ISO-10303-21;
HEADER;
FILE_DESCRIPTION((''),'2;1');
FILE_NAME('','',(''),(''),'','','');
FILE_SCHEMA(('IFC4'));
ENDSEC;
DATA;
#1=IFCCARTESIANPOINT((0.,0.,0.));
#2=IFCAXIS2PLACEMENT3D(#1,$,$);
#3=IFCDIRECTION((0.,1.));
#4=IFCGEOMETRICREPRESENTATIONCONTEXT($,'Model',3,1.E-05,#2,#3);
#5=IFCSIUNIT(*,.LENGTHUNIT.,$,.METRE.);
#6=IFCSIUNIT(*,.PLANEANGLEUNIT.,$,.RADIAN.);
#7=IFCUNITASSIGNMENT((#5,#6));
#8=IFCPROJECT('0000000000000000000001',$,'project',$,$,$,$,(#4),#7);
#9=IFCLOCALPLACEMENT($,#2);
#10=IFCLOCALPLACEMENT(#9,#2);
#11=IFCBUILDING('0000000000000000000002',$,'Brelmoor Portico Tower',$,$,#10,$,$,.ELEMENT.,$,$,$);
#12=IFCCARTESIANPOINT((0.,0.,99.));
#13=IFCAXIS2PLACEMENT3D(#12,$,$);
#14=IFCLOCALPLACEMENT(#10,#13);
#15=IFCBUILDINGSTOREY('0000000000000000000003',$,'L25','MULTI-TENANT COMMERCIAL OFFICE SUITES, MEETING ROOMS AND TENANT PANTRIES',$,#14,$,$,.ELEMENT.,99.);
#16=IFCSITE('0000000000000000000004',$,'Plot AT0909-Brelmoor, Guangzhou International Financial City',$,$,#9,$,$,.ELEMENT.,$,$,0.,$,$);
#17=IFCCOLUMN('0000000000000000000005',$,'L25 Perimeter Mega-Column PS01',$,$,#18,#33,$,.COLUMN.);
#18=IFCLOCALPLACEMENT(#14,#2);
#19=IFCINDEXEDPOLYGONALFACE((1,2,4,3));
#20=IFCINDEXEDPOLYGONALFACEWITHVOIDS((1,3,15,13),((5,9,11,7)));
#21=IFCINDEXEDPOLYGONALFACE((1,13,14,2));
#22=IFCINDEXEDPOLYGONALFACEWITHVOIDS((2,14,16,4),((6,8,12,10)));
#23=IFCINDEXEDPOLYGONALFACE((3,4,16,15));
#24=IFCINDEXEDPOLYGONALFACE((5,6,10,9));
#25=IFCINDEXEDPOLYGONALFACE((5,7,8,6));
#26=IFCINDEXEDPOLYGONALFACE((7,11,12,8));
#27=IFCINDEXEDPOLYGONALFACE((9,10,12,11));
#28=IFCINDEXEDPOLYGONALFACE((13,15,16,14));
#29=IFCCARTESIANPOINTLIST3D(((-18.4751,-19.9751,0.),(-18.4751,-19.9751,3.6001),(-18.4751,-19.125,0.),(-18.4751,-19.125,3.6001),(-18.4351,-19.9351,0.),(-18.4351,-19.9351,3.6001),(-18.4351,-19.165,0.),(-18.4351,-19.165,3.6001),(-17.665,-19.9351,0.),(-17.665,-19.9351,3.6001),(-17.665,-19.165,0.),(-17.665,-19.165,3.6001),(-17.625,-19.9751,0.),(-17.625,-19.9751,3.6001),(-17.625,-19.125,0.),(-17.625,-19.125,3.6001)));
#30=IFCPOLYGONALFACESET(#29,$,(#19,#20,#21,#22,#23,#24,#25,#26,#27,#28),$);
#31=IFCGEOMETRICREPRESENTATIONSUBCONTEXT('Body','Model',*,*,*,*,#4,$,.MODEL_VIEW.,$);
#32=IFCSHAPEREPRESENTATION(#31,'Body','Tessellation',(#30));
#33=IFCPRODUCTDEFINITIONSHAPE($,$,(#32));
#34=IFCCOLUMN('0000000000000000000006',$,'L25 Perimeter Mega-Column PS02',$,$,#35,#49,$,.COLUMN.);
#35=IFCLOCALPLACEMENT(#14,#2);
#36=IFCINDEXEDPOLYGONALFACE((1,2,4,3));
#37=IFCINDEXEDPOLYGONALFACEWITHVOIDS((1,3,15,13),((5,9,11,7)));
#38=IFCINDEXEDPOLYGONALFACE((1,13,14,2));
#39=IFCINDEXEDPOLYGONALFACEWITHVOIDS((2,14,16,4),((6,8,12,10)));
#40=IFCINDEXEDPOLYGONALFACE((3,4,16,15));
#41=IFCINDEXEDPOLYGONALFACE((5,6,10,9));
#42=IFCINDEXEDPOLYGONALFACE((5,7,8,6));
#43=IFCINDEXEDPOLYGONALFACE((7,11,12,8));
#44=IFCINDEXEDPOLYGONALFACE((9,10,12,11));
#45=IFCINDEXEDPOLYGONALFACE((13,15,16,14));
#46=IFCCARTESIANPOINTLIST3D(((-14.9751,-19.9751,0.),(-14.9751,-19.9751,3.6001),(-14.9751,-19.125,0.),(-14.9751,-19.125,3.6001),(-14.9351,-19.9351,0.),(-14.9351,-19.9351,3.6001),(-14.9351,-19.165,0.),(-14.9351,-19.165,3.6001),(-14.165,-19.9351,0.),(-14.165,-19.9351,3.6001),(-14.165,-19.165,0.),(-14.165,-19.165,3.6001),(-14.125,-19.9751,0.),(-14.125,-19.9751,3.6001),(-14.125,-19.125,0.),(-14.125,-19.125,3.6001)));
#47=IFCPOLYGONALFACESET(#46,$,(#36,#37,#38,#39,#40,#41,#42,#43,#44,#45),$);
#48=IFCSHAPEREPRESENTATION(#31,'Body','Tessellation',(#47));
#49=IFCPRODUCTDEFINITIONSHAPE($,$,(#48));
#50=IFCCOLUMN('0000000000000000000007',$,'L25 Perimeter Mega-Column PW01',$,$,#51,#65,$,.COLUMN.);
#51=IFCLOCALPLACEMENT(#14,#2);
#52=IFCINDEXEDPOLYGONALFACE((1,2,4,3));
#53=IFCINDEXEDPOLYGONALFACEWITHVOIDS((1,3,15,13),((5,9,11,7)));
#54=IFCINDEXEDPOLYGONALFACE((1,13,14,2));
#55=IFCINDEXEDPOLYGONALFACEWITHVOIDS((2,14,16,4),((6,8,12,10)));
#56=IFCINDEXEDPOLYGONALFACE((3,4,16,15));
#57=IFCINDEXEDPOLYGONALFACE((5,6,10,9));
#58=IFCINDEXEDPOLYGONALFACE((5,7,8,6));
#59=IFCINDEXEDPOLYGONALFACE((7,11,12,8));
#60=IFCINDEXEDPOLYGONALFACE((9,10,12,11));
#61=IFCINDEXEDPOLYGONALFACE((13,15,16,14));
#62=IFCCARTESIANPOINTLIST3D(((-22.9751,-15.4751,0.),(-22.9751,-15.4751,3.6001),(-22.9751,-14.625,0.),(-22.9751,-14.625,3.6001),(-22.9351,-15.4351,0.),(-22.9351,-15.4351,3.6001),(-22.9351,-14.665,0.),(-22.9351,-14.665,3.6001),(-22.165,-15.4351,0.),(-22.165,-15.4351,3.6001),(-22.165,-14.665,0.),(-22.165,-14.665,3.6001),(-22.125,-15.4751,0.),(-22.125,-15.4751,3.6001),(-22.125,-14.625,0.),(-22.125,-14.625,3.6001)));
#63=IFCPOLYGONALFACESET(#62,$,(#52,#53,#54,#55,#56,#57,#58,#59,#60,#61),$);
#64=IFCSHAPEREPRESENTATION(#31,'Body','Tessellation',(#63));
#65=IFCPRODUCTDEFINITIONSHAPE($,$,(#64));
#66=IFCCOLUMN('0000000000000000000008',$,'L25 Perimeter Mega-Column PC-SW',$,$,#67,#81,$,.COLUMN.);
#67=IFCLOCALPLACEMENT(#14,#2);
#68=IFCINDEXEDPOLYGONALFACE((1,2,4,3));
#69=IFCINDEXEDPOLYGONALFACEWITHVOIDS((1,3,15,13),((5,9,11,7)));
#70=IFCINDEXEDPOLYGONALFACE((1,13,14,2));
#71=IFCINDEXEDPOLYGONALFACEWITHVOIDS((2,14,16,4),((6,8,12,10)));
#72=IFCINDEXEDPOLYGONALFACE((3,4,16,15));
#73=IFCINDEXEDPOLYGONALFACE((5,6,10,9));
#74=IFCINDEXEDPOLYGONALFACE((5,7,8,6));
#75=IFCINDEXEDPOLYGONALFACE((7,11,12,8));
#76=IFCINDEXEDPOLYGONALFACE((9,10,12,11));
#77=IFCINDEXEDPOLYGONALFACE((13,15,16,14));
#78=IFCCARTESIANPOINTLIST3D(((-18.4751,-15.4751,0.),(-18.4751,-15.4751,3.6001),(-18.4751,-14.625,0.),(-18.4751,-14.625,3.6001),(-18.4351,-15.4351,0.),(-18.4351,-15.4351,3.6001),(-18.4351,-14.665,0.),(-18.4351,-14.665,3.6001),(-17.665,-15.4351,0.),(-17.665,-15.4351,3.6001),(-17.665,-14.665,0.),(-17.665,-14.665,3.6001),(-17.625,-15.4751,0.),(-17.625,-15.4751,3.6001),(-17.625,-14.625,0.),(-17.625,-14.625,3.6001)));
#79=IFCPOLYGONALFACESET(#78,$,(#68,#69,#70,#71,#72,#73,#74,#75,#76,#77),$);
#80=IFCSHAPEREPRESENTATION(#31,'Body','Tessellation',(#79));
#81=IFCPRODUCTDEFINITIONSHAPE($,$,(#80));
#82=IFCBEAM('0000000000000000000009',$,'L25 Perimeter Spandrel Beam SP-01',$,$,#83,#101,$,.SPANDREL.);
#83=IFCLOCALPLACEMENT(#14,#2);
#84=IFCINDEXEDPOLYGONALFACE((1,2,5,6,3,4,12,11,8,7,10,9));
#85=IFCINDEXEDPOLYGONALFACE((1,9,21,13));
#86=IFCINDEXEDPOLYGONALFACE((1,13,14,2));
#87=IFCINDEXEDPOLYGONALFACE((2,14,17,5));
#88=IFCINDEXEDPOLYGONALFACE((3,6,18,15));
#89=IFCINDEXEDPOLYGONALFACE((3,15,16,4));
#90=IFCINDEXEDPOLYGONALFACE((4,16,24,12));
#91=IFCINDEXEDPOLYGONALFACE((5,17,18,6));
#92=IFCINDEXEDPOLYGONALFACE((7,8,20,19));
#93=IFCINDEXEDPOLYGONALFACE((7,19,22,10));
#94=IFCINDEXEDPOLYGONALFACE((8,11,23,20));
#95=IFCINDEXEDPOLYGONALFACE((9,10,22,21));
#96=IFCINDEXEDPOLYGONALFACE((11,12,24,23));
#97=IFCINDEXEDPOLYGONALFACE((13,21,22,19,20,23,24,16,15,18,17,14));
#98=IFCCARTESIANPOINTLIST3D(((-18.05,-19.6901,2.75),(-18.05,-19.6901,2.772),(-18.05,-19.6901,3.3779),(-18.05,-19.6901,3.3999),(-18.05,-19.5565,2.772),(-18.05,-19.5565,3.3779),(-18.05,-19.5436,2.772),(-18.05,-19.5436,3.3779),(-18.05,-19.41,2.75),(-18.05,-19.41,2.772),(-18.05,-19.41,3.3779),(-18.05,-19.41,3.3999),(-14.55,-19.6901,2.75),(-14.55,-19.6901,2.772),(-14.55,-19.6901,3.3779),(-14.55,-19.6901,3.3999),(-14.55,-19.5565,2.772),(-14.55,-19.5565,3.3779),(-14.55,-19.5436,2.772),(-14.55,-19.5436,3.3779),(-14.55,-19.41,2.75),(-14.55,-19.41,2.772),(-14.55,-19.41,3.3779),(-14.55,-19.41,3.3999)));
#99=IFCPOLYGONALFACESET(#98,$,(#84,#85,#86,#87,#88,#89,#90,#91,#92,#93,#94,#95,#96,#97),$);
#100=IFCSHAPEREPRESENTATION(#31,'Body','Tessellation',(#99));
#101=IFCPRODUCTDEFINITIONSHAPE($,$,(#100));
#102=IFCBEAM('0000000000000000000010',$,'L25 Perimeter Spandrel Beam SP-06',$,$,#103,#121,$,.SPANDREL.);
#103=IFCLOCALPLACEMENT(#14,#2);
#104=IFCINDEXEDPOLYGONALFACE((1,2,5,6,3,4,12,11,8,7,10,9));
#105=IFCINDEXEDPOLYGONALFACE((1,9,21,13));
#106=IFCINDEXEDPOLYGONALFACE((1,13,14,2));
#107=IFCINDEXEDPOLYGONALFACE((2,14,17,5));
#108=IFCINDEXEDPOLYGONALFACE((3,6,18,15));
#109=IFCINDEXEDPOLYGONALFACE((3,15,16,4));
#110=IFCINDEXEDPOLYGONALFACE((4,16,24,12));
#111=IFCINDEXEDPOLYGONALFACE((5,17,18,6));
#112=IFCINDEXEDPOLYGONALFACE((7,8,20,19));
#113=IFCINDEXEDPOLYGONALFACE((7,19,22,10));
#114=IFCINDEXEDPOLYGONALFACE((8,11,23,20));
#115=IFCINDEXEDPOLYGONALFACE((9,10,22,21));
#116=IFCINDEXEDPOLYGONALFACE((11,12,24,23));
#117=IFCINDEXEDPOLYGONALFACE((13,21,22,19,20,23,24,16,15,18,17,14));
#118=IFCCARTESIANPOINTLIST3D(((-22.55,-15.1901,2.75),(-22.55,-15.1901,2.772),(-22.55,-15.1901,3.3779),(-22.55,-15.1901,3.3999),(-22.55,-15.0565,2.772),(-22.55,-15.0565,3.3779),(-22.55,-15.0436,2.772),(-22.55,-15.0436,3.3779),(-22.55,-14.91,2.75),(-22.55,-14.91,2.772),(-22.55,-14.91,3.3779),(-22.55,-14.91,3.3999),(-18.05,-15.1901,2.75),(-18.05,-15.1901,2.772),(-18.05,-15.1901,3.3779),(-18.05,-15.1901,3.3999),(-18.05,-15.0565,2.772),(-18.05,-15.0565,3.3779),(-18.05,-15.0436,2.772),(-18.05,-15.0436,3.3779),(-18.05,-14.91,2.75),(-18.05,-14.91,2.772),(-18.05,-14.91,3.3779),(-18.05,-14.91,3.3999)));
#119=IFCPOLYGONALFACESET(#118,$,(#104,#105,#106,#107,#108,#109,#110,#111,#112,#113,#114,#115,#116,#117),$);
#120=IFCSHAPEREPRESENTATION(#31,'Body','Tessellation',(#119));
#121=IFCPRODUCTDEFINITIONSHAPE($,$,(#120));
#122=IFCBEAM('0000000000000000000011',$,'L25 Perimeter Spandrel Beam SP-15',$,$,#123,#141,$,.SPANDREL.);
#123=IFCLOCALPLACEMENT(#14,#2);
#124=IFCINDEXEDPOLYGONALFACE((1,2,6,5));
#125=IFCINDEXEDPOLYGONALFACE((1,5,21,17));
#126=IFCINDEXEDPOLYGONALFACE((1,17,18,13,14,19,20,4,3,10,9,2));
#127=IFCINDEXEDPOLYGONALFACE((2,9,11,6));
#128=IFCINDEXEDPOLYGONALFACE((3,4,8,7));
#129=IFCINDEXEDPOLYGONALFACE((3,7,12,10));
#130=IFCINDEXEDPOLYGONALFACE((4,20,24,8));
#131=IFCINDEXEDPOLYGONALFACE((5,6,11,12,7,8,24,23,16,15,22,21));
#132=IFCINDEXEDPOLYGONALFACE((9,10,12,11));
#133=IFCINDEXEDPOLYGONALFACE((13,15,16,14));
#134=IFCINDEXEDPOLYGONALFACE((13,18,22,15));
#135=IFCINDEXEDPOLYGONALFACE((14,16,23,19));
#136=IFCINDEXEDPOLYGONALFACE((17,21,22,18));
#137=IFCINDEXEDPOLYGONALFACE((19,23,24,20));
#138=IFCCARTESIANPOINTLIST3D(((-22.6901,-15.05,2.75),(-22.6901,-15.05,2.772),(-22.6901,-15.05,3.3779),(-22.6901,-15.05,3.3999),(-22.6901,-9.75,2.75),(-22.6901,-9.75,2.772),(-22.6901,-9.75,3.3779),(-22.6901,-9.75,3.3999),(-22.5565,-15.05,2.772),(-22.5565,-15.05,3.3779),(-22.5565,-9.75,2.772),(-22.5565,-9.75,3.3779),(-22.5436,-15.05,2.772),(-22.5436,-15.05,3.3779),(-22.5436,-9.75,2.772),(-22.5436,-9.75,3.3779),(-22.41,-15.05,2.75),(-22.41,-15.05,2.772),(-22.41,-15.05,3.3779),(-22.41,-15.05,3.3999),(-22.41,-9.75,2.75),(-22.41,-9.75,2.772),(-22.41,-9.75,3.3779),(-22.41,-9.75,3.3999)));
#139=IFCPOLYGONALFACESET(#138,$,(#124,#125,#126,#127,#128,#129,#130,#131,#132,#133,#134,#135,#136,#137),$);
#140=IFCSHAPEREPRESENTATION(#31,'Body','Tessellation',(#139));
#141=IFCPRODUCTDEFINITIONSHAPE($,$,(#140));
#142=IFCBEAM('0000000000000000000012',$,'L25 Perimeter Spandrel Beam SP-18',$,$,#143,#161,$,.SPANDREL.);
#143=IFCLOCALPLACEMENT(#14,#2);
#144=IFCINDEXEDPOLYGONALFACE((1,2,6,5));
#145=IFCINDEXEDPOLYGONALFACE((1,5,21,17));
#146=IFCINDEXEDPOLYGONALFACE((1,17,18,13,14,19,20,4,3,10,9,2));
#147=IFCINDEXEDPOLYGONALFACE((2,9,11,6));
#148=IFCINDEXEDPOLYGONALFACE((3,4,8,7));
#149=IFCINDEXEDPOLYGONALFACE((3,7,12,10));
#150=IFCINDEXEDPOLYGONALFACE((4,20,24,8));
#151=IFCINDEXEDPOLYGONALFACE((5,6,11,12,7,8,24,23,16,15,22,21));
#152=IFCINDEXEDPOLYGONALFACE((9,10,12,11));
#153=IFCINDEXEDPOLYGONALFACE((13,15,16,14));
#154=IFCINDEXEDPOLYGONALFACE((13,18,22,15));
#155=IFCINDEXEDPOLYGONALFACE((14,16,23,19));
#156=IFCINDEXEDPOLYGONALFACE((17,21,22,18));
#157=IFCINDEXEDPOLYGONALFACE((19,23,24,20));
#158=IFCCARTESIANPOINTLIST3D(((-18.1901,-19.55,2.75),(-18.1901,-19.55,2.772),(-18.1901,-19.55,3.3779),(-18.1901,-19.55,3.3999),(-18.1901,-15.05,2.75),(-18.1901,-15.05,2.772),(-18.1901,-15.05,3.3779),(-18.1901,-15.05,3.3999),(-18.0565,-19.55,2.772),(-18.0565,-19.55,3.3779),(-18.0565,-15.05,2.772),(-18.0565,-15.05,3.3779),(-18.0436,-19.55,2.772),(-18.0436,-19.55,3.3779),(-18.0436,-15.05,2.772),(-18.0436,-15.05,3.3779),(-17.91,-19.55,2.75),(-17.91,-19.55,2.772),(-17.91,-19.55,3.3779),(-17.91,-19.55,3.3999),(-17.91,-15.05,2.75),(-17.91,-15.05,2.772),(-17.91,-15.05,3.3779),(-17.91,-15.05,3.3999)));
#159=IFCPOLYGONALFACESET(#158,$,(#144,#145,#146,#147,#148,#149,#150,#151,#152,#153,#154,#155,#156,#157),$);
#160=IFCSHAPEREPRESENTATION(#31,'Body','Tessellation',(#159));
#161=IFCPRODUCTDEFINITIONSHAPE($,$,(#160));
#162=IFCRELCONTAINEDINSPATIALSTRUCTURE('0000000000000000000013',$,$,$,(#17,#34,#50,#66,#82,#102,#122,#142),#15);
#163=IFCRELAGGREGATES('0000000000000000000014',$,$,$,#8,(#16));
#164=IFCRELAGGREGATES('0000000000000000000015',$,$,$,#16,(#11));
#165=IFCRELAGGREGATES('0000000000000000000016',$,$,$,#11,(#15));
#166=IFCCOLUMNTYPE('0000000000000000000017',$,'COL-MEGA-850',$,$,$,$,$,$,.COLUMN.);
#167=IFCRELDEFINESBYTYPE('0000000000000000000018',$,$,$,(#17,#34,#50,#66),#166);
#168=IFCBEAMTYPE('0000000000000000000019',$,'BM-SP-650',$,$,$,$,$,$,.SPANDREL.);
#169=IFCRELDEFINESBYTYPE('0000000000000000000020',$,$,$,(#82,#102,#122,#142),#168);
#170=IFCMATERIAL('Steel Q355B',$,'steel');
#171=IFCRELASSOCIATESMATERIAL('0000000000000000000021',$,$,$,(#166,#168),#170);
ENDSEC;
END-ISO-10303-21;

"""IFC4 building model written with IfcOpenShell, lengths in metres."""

from ifc_helpers import new_model, si_unit, direction, frame, origin, origin_2d, place, context, subcontext, project, spatial, hollow_rectangle, i_section, extrude, material, material_profile, profile_set, type_object, element, save


model = new_model("IFC4")

# Units and contexts
model_context = context("Model", 3, precision=1e-05, world=origin(), true_north=direction((0.0, 1.0)))
body_context = subcontext(model_context, "Body", "Model", "MODEL_VIEW")
ifc_project = project(units=[si_unit("LENGTHUNIT", "METRE"), si_unit("PLANEANGLEUNIT", "RADIAN")], contexts=[model_context])

# Site, building, storey
site_placement = place(None, origin())
site = spatial("IfcSite", under=ifc_project, at=site_placement, Name="Plot AT0909-Brelmoor, Guangzhou International Financial City", CompositionType="ELEMENT", RefElevation=0.0)
building_placement = place(site_placement, origin())
building = spatial("IfcBuilding", under=site, at=building_placement, Name="Brelmoor Portico Tower", CompositionType="ELEMENT")
storey_placement = place(building_placement, frame((0.0, 0.0, 99.0)))
storey = spatial("IfcBuildingStorey", under=building, at=storey_placement, Name="L25", Description="MULTI-TENANT COMMERCIAL OFFICE SUITES, MEETING ROOMS AND TENANT PANTRIES", CompositionType="ELEMENT", Elevation=99.0)

# Columns
ifc_material_1 = material(Name="Steel Q355B", Category="steel")
ifc_material_profile_1 = material_profile(ifc_material_1, hollow_rectangle(XDim=0.8501, YDim=0.8501, WallThickness=0.04, at=origin_2d()), Name="BOX 850x850x40")
ifc_profile_set_1 = profile_set([ifc_material_profile_1], Name="Steel Q355B")
column_type = type_object("IfcColumnType", Name="COL-MEGA-850", PredefinedType="COLUMN", material=ifc_profile_set_1)
for number, where, z_axis, x_axis, name in (
    (1, (-18.05, -19.55, 0.0), (0.0, 0.0, 1.0), (1.0, 0.0, 0.0), "L25 Perimeter Mega-Column PS01"),
    (2, (-14.55, -19.55, 0.0), (0.0, 0.0, 1.0), (1.0, 0.0, 0.0), "L25 Perimeter Mega-Column PS02"),
    (3, (-22.55, -15.05, 0.0), (0.0, 0.0, 1.0), (0.0, 1.0, 0.0), "L25 Perimeter Mega-Column PW01"),
    (4, (-18.05, -15.05, 0.0), (0.0, 0.0, 1.0), (1.0, 0.0, 0.0), "L25 Perimeter Mega-Column PC-SW"),
):
    element("IfcColumn", number, at=place(storey_placement, frame(where, z_axis=z_axis, x_axis=x_axis)), inside=storey, type_object=column_type, Name=name, PredefinedType="COLUMN", context=body_context, shape_type="SweptSolid", body=[
        extrude(hollow_rectangle(XDim=0.8501, YDim=0.8501, WallThickness=0.04, at=origin_2d()), origin(), (0.0, 0.0, 1.0), 3.6001),
    ])

# Beams
ifc_material_profile_2 = material_profile(ifc_material_1, i_section(OverallWidth=0.28, OverallDepth=0.6499, WebThickness=0.0129, FlangeThickness=0.022, at=origin_2d()), Name="HN 650x280x13x22")
ifc_profile_set_2 = profile_set([ifc_material_profile_2], Name="Steel Q355B")
beam_type = type_object("IfcBeamType", Name="BM-SP-650", PredefinedType="SPANDREL", material=ifc_profile_set_2)
beam_1_placement = place(storey_placement, frame((-18.05, -19.55, 3.075), z_axis=(1.0, 0.0, 0.0), x_axis=(0.0, 1.0, 0.0)))
element("IfcBeam", 5, at=beam_1_placement, inside=storey, type_object=beam_type, Name="L25 Perimeter Spandrel Beam SP-01", PredefinedType="SPANDREL", context=body_context, shape_type="SweptSolid", body=[
    extrude(i_section(OverallWidth=0.28, OverallDepth=0.6499, WebThickness=0.0129, FlangeThickness=0.022, at=origin_2d()), origin(), (0.0, 0.0, 1.0), 3.5),
])
beam_2_placement = place(storey_placement, frame((-22.55, -15.05, 3.075), z_axis=(1.0, 0.0, 0.0), x_axis=(0.0, 1.0, 0.0)))
element("IfcBeam", 6, at=beam_2_placement, inside=storey, type_object=beam_type, Name="L25 Perimeter Spandrel Beam SP-06", PredefinedType="SPANDREL", context=body_context, shape_type="SweptSolid", body=[
    extrude(i_section(OverallWidth=0.28, OverallDepth=0.6499, WebThickness=0.0129, FlangeThickness=0.022, at=origin_2d()), origin(), (0.0, 0.0, 1.0), 4.5),
])
beam_3_placement = place(storey_placement, frame((-22.55, -15.05, 3.075), z_axis=(0.0, 1.0, 0.0), x_axis=(-1.0, 0.0, 0.0)))
element("IfcBeam", 7, at=beam_3_placement, inside=storey, type_object=beam_type, Name="L25 Perimeter Spandrel Beam SP-15", PredefinedType="SPANDREL", context=body_context, shape_type="SweptSolid", body=[
    extrude(i_section(OverallWidth=0.28, OverallDepth=0.6499, WebThickness=0.0129, FlangeThickness=0.022, at=origin_2d()), origin(), (0.0, 0.0, 1.0), 5.3),
])
beam_4_placement = place(storey_placement, frame((-18.05, -19.55, 3.075), z_axis=(0.0, 1.0, 0.0), x_axis=(-1.0, 0.0, 0.0)))
element("IfcBeam", 8, at=beam_4_placement, inside=storey, type_object=beam_type, Name="L25 Perimeter Spandrel Beam SP-18", PredefinedType="SPANDREL", context=body_context, shape_type="SweptSolid", body=[
    extrude(i_section(OverallWidth=0.28, OverallDepth=0.6499, WebThickness=0.0129, FlangeThickness=0.022, at=origin_2d()), origin(), (0.0, 0.0, 1.0), 4.5),
])

save(model, "model.ifc")
